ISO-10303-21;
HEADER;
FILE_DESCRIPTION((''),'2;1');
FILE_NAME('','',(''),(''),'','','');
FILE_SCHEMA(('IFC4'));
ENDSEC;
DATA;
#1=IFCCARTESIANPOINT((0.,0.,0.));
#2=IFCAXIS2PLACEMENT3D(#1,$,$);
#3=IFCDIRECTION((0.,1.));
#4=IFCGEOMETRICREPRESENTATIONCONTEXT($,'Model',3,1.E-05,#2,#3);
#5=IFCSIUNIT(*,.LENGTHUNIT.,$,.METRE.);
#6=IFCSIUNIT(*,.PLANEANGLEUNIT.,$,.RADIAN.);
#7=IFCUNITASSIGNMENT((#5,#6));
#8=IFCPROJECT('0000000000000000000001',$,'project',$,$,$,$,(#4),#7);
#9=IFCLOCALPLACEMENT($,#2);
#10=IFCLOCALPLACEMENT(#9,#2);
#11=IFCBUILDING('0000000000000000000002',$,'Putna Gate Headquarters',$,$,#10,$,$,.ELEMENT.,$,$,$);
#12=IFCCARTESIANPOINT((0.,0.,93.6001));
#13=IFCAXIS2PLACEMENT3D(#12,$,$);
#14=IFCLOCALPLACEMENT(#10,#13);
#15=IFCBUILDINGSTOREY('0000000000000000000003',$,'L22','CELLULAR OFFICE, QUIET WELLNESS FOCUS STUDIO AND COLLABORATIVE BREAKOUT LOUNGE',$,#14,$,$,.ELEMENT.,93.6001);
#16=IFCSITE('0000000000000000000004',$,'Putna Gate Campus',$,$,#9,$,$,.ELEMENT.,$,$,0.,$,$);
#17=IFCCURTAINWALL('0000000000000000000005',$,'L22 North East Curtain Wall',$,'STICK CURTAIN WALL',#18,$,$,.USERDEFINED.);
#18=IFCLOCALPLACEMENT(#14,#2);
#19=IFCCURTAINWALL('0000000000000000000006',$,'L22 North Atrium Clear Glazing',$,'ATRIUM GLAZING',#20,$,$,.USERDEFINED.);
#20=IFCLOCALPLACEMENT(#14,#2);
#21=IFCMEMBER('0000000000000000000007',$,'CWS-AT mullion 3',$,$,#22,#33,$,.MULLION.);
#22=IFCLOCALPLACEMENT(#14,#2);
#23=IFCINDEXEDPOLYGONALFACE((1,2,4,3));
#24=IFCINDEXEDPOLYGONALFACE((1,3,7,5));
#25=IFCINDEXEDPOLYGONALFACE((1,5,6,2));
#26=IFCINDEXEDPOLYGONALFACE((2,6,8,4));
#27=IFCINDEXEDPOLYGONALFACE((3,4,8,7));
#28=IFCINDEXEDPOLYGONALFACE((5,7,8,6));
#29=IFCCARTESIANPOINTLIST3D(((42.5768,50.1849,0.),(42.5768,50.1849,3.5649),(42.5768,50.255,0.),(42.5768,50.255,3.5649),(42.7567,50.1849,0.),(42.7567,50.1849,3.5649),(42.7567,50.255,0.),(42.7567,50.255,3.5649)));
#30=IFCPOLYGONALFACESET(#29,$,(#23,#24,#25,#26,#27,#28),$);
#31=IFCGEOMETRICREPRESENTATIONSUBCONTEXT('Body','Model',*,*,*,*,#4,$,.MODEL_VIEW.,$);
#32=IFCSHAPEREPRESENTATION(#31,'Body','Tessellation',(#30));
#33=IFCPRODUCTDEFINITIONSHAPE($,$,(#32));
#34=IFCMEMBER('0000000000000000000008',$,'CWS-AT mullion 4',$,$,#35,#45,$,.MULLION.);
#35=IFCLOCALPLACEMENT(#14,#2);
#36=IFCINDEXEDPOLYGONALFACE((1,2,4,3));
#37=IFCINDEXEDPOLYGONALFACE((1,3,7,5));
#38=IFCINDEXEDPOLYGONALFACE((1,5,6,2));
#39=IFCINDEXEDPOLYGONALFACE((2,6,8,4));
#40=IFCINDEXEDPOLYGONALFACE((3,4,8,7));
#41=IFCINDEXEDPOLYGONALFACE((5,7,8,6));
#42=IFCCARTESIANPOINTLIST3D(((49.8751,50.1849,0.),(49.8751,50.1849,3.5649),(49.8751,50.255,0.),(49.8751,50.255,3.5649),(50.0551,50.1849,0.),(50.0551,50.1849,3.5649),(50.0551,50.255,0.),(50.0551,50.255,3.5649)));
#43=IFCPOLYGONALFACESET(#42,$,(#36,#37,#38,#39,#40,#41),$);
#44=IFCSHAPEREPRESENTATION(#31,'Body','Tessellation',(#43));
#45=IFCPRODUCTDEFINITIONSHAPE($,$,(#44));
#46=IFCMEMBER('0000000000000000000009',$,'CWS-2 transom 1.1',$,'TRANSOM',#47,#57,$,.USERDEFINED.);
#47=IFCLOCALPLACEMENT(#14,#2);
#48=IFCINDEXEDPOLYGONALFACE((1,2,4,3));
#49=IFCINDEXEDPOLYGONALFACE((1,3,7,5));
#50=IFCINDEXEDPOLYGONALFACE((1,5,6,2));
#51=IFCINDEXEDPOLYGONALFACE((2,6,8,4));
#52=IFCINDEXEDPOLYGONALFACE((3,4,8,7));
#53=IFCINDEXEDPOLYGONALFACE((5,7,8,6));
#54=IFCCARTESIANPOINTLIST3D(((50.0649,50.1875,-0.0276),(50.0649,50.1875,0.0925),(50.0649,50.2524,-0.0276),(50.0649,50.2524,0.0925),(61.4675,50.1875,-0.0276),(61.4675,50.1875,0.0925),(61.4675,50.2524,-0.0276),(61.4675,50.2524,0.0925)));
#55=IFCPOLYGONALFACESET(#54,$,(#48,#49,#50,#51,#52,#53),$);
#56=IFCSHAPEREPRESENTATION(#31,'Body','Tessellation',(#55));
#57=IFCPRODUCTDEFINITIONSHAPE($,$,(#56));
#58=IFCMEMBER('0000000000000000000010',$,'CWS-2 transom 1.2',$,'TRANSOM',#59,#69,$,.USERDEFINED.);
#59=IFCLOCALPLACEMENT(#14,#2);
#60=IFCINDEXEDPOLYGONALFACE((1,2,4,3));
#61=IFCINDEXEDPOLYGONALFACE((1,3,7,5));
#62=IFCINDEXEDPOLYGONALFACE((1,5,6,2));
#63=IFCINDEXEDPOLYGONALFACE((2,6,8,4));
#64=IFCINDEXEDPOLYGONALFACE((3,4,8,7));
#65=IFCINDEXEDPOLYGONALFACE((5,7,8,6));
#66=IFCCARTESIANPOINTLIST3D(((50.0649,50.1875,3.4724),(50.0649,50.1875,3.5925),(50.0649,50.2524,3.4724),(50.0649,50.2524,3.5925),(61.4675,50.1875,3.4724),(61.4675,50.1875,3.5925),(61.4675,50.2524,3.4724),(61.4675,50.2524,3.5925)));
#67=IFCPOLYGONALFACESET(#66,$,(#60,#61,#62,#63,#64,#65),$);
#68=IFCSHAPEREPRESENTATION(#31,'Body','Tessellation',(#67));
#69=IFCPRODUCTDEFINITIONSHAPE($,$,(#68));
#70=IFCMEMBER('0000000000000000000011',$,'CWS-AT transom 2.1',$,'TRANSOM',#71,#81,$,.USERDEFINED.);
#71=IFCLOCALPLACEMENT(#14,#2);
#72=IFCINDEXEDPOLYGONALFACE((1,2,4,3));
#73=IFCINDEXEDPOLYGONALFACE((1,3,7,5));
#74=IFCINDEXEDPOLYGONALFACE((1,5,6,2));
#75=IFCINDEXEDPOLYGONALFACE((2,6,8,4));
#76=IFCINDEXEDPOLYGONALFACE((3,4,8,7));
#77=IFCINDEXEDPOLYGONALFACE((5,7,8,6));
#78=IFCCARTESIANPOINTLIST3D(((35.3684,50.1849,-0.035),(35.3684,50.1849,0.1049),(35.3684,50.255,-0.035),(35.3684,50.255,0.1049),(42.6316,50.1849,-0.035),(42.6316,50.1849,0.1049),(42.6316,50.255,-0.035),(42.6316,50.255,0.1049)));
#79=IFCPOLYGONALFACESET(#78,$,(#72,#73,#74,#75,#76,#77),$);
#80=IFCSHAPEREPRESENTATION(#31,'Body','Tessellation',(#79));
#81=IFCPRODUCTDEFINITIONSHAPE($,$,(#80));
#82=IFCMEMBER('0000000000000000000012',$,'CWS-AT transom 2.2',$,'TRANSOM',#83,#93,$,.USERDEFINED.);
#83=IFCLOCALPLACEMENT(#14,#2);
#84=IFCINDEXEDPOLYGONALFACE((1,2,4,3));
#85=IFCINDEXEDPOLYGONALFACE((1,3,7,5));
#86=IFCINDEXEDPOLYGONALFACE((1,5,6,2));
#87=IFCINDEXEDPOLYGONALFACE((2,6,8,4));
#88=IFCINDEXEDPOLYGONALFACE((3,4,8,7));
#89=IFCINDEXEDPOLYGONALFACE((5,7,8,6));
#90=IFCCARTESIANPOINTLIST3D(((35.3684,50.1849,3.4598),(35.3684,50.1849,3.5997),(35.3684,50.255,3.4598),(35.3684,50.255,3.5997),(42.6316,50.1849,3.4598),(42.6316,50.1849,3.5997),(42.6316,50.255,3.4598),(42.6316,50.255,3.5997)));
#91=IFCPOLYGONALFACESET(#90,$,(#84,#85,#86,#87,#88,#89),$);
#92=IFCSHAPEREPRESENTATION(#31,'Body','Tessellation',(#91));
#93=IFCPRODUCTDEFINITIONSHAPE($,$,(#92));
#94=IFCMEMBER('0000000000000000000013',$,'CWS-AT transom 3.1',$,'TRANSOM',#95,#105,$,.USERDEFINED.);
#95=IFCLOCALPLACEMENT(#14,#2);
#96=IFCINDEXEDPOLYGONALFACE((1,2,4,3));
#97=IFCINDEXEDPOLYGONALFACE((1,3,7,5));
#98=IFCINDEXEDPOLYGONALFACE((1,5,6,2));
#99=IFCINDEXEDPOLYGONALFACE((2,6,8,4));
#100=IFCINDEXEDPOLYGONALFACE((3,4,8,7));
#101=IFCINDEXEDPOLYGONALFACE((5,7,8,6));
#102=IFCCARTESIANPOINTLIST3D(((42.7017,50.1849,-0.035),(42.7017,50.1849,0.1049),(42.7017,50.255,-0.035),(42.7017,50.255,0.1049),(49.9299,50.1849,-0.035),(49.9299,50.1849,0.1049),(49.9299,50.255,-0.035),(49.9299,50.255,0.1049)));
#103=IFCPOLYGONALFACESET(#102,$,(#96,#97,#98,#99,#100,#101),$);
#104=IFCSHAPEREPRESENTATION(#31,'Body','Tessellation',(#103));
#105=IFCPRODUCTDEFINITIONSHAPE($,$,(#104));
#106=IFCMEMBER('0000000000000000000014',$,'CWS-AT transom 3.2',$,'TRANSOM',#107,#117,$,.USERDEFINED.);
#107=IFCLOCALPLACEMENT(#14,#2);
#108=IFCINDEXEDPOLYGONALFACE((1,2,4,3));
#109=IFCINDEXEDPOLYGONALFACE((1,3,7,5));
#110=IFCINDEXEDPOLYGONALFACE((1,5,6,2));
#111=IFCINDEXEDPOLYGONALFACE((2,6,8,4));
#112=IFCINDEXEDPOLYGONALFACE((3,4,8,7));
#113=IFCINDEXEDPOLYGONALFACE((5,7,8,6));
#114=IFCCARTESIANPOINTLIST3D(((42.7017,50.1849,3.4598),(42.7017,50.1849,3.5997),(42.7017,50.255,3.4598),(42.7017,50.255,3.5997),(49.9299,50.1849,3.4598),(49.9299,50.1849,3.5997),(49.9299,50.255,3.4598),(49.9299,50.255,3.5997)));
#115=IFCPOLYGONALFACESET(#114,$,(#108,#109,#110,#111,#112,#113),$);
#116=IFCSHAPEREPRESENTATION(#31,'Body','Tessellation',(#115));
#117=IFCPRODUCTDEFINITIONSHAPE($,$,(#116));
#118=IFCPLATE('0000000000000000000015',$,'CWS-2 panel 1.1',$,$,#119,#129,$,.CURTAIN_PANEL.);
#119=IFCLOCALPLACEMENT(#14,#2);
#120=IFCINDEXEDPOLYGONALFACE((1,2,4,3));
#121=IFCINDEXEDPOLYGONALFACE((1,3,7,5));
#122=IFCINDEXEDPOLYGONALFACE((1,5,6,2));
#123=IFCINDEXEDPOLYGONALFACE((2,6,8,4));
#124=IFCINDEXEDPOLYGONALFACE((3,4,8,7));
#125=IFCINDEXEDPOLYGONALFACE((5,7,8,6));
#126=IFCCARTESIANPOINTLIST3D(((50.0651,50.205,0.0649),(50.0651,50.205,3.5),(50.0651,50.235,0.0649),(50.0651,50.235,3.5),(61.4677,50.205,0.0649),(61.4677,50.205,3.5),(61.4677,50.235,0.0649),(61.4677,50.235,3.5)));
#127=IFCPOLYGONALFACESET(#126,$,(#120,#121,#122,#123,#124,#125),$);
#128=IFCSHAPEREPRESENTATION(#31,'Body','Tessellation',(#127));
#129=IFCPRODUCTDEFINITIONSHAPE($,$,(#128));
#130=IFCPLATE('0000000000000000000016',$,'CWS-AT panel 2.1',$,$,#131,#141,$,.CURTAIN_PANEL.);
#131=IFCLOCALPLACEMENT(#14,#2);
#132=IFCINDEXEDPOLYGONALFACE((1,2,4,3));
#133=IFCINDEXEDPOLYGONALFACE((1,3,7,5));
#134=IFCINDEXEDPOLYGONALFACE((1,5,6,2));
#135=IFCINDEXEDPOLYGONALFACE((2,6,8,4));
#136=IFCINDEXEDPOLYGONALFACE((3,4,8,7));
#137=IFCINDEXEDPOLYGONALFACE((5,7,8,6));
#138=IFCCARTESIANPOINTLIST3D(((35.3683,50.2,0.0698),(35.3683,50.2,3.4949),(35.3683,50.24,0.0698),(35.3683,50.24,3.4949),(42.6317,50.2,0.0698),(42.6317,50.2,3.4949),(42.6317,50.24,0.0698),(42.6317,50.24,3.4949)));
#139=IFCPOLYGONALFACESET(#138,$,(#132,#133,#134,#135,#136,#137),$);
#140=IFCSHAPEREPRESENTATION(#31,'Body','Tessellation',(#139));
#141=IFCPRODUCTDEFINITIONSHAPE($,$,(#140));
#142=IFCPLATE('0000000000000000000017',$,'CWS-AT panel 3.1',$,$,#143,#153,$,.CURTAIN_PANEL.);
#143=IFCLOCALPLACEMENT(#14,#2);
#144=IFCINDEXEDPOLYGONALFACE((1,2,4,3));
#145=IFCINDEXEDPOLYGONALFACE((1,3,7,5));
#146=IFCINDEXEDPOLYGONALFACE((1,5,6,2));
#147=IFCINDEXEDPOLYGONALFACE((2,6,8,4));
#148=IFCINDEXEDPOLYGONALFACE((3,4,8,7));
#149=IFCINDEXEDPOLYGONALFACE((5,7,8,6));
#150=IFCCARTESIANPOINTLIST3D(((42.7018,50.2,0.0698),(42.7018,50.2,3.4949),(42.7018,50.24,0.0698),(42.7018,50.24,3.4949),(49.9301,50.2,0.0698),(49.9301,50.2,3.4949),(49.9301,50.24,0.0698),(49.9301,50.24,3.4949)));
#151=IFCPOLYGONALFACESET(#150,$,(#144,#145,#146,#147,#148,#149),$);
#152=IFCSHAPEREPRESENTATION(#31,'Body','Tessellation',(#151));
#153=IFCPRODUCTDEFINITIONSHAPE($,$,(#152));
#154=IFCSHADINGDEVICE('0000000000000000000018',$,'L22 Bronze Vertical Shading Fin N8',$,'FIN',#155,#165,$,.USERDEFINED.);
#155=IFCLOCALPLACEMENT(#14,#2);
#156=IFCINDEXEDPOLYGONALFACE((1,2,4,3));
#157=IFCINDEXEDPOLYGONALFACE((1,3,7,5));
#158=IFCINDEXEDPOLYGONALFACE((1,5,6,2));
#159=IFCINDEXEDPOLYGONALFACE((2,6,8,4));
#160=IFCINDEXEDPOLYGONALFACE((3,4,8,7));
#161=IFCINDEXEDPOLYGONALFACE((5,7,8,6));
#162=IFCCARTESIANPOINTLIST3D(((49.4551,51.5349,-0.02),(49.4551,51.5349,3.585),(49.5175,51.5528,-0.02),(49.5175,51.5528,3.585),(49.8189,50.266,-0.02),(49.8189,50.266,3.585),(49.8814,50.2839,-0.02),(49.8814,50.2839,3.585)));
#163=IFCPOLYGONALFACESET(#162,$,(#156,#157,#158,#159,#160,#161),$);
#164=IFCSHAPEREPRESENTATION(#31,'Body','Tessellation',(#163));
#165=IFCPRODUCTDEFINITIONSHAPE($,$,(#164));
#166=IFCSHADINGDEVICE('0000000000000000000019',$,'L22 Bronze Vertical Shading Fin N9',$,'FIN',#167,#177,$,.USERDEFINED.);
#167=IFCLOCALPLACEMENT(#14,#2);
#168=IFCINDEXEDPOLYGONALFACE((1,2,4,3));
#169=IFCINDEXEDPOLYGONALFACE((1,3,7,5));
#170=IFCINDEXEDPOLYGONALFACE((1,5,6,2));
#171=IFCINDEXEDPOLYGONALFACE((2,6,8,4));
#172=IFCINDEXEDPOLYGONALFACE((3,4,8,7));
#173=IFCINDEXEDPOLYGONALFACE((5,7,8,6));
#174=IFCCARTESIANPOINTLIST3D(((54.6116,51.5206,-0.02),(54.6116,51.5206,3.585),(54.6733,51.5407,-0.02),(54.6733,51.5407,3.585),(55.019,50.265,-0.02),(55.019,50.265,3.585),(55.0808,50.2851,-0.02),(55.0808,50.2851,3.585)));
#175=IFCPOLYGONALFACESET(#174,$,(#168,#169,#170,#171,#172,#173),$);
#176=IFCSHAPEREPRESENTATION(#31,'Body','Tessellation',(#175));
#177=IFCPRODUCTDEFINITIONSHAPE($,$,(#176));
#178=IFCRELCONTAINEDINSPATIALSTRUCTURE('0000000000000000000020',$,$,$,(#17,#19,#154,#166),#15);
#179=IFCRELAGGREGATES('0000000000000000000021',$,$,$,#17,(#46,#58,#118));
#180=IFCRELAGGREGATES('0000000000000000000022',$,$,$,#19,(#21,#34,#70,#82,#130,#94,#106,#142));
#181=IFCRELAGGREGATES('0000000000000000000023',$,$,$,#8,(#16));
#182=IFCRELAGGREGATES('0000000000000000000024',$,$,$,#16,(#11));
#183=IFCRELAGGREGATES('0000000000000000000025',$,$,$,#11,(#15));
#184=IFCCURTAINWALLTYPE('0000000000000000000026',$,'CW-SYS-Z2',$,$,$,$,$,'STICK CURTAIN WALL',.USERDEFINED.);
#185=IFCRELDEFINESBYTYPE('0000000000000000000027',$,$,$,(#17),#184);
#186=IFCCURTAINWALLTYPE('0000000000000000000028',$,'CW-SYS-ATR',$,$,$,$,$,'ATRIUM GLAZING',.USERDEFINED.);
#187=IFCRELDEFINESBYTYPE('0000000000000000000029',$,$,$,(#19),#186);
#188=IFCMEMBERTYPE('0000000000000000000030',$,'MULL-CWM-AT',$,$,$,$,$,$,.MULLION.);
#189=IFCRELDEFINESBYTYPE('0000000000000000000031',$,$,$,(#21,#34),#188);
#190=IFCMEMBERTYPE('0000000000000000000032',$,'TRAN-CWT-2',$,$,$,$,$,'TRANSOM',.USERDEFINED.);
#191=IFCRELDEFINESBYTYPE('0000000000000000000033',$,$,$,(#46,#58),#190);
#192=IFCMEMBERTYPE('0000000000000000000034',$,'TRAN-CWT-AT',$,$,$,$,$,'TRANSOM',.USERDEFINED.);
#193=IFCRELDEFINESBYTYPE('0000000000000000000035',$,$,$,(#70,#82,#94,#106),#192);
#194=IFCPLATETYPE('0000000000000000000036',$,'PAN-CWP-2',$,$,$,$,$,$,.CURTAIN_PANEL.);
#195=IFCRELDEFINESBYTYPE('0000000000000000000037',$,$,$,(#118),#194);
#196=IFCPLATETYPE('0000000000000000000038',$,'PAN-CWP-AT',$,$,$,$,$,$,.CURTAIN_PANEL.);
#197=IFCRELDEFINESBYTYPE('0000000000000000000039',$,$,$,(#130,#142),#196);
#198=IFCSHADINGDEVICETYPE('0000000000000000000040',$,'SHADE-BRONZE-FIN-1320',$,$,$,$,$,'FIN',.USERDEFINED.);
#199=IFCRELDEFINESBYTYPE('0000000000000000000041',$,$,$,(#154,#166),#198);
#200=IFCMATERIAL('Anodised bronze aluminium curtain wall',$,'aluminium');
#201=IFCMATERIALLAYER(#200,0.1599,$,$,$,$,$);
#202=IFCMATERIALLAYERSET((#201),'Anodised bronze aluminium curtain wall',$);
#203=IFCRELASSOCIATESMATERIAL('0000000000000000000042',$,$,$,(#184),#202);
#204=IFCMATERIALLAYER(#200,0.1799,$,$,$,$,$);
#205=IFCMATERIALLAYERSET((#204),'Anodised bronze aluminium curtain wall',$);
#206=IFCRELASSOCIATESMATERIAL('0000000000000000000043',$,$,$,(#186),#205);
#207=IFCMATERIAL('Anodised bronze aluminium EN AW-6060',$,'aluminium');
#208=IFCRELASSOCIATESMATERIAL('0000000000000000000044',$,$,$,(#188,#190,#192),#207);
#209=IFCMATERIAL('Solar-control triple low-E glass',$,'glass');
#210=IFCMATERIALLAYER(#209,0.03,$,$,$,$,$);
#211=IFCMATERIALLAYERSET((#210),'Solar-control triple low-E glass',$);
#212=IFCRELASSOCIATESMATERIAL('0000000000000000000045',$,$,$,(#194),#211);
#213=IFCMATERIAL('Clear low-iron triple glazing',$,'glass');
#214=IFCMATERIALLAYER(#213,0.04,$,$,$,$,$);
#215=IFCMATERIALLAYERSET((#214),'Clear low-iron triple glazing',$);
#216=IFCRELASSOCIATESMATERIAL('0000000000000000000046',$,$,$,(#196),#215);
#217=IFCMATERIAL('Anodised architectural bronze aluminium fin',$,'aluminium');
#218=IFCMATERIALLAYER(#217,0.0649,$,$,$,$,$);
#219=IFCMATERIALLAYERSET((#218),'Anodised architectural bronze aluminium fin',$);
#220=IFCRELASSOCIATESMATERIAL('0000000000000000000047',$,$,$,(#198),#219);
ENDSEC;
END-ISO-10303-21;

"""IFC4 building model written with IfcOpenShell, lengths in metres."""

from ifc_helpers import new_model, si_unit, direction, frame, origin, origin_2d, place, context, subcontext, project, spatial, rectangle, extrude, material, layer, layer_set, material_profile, profile_set, type_object, element, aggregate, save


model = new_model("IFC4")

# Units and contexts
model_context = context("Model", 3, precision=1e-05, world=origin(), true_north=direction((0.0, 1.0)))
body_context = subcontext(model_context, "Body", "Model", "MODEL_VIEW")
ifc_project = project(units=[si_unit("LENGTHUNIT", "METRE"), si_unit("PLANEANGLEUNIT", "RADIAN")], contexts=[model_context])

# Site, building, storey
site_placement = place(None, origin())
site = spatial("IfcSite", under=ifc_project, at=site_placement, Name="Putna Gate Campus", CompositionType="ELEMENT", RefElevation=0.0)
building_placement = place(site_placement, origin())
building = spatial("IfcBuilding", under=site, at=building_placement, Name="Putna Gate Headquarters", CompositionType="ELEMENT")
storey_placement = place(building_placement, frame((0.0, 0.0, 93.6001)))
storey = spatial("IfcBuildingStorey", under=building, at=storey_placement, Name="L22", Description="CELLULAR OFFICE, QUIET WELLNESS FOCUS STUDIO AND COLLABORATIVE BREAKOUT LOUNGE", CompositionType="ELEMENT", Elevation=93.6001)

# Curtain wall
ifc_material_1 = material(Name="Anodised bronze aluminium curtain wall", Category="aluminium")
ifc_layer_1 = layer(ifc_material_1, 0.1599)
ifc_layer_set_1 = layer_set([ifc_layer_1], Name="Anodised bronze aluminium curtain wall")
curtain_wall_type_1 = type_object("IfcCurtainWallType", Name="CW-SYS-Z2", ElementType="STICK CURTAIN WALL", PredefinedType="USERDEFINED", material=ifc_layer_set_1)
curtain_wall_1_placement = place(storey_placement, origin())
curtain_wall_1 = element("IfcCurtainWall", 1, at=curtain_wall_1_placement, inside=storey, type_object=curtain_wall_type_1, Name="L22 North East Curtain Wall", ObjectType="STICK CURTAIN WALL", PredefinedType="USERDEFINED")
ifc_material_2 = material(Name="Anodised bronze aluminium EN AW-6060", Category="aluminium")

# Curtain wall, members
ifc_layer_2 = layer(ifc_material_1, 0.1799)
ifc_layer_set_2 = layer_set([ifc_layer_2], Name="Anodised bronze aluminium curtain wall")
curtain_wall_type_2 = type_object("IfcCurtainWallType", Name="CW-SYS-ATR", ElementType="ATRIUM GLAZING", PredefinedType="USERDEFINED", material=ifc_layer_set_2)
curtain_wall_2_placement = place(storey_placement, origin())
curtain_wall_2 = element("IfcCurtainWall", 2, at=curtain_wall_2_placement, inside=storey, type_object=curtain_wall_type_2, Name="L22 North Atrium Clear Glazing", ObjectType="ATRIUM GLAZING", PredefinedType="USERDEFINED")
ifc_material_profile_1 = material_profile(ifc_material_2, rectangle(XDim=0.0701, YDim=0.1799, at=origin_2d()), Name="Anodised bronze aluminium EN AW-6060")
ifc_profile_set_1 = profile_set([ifc_material_profile_1], Name="Anodised bronze aluminium EN AW-6060")
member_type_1 = type_object("IfcMemberType", Name="MULL-CWM-AT", PredefinedType="MULLION", material=ifc_profile_set_1)
member_1_placement = place(storey_placement, frame((42.6667, 50.22, 0.0), z_axis=(0.0, 0.0, 1.0), x_axis=(0.0, 1.0, 0.0)))
member_1 = element("IfcMember", 3, at=member_1_placement, type_object=member_type_1, Name="CWS-AT mullion 3", PredefinedType="MULLION", context=body_context, shape_type="SweptSolid", body=[
    extrude(rectangle(XDim=0.0701, YDim=0.1799, at=origin_2d()), origin(), (0.0, 0.0, 1.0), 3.5649),
])
member_2_placement = place(storey_placement, frame((49.9651, 50.22, 0.0), z_axis=(0.0, 0.0, 1.0), x_axis=(0.0, 1.0, 0.0)))
member_2 = element("IfcMember", 4, at=member_2_placement, type_object=member_type_1, Name="CWS-AT mullion 4", PredefinedType="MULLION", context=body_context, shape_type="SweptSolid", body=[
    extrude(rectangle(XDim=0.0701, YDim=0.1799, at=origin_2d()), origin(), (0.0, 0.0, 1.0), 3.5649),
])

# Members
ifc_material_profile_2 = material_profile(ifc_material_2, rectangle(XDim=0.0649, YDim=0.1201, at=origin_2d()), Name="Anodised bronze aluminium EN AW-6060")
ifc_profile_set_2 = profile_set([ifc_material_profile_2], Name="Anodised bronze aluminium EN AW-6060")
member_type_2 = type_object("IfcMemberType", Name="TRAN-CWT-2", ElementType="TRANSOM", PredefinedType="USERDEFINED", material=ifc_profile_set_2)
member_3_placement = place(storey_placement, frame((50.0649, 50.22, 0.0325), z_axis=(1.0, 0.0, 0.0), x_axis=(0.0, 1.0, 0.0)))
member_3 = element("IfcMember", 5, at=member_3_placement, type_object=member_type_2, Name="CWS-2 transom 1.1", ObjectType="TRANSOM", PredefinedType="USERDEFINED", context=body_context, shape_type="SweptSolid", body=[
    extrude(rectangle(XDim=0.0649, YDim=0.1201, at=origin_2d()), origin(), (0.0, 0.0, 1.0), 11.4026),
])
member_4_placement = place(storey_placement, frame((50.0649, 50.22, 3.5325), z_axis=(1.0, 0.0, 0.0), x_axis=(0.0, 1.0, 0.0)))
member_4 = element("IfcMember", 6, at=member_4_placement, type_object=member_type_2, Name="CWS-2 transom 1.2", ObjectType="TRANSOM", PredefinedType="USERDEFINED", context=body_context, shape_type="SweptSolid", body=[
    extrude(rectangle(XDim=0.0649, YDim=0.1201, at=origin_2d()), origin(), (0.0, 0.0, 1.0), 11.4026),
])
ifc_material_profile_3 = material_profile(ifc_material_2, rectangle(XDim=0.0701, YDim=0.1399, at=origin_2d()), Name="Anodised bronze aluminium EN AW-6060")
ifc_profile_set_3 = profile_set([ifc_material_profile_3], Name="Anodised bronze aluminium EN AW-6060")
member_type_3 = type_object("IfcMemberType", Name="TRAN-CWT-AT", ElementType="TRANSOM", PredefinedType="USERDEFINED", material=ifc_profile_set_3)
member_5_placement = place(storey_placement, frame((35.3684, 50.22, 0.0349), z_axis=(1.0, 0.0, 0.0), x_axis=(0.0, 1.0, 0.0)))
member_5 = element("IfcMember", 7, at=member_5_placement, type_object=member_type_3, Name="CWS-AT transom 2.1", ObjectType="TRANSOM", PredefinedType="USERDEFINED", context=body_context, shape_type="SweptSolid", body=[
    extrude(rectangle(XDim=0.0701, YDim=0.1399, at=origin_2d()), origin(), (0.0, 0.0, 1.0), 7.2632),
])
member_6_placement = place(storey_placement, frame((35.3684, 50.22, 3.5298), z_axis=(1.0, 0.0, 0.0), x_axis=(0.0, 1.0, 0.0)))
member_6 = element("IfcMember", 8, at=member_6_placement, type_object=member_type_3, Name="CWS-AT transom 2.2", ObjectType="TRANSOM", PredefinedType="USERDEFINED", context=body_context, shape_type="SweptSolid", body=[
    extrude(rectangle(XDim=0.0701, YDim=0.1399, at=origin_2d()), origin(), (0.0, 0.0, 1.0), 7.2632),
])
member_7_placement = place(storey_placement, frame((42.7017, 50.22, 0.0349), z_axis=(1.0, 0.0, 0.0), x_axis=(0.0, 1.0, 0.0)))
member_7 = element("IfcMember", 9, at=member_7_placement, type_object=member_type_3, Name="CWS-AT transom 3.1", ObjectType="TRANSOM", PredefinedType="USERDEFINED", context=body_context, shape_type="SweptSolid", body=[
    extrude(rectangle(XDim=0.0701, YDim=0.1399, at=origin_2d()), origin(), (0.0, 0.0, 1.0), 7.2283),
])
member_8_placement = place(storey_placement, frame((42.7017, 50.22, 3.5298), z_axis=(1.0, 0.0, 0.0), x_axis=(0.0, 1.0, 0.0)))
member_8 = element("IfcMember", 10, at=member_8_placement, type_object=member_type_3, Name="CWS-AT transom 3.2", ObjectType="TRANSOM", PredefinedType="USERDEFINED", context=body_context, shape_type="SweptSolid", body=[
    extrude(rectangle(XDim=0.0701, YDim=0.1399, at=origin_2d()), origin(), (0.0, 0.0, 1.0), 7.2283),
])

# Plates
ifc_material_3 = material(Name="Solar-control triple low-E glass", Category="glass")
ifc_layer_3 = layer(ifc_material_3, 0.03)
ifc_layer_set_3 = layer_set([ifc_layer_3], Name="Solar-control triple low-E glass")
plate_type_1 = type_object("IfcPlateType", Name="PAN-CWP-2", PredefinedType="CURTAIN_PANEL", material=ifc_layer_set_3)
plate_1_placement = place(storey_placement, frame((55.7664, 50.22, 0.0649), z_axis=(0.0, 0.0, 1.0), x_axis=(1.0, 0.0, 0.0)))
plate_1 = element("IfcPlate", 11, at=plate_1_placement, type_object=plate_type_1, Name="CWS-2 panel 1.1", PredefinedType="CURTAIN_PANEL", context=body_context, shape_type="SweptSolid", body=[
    extrude(rectangle(XDim=11.4026, YDim=0.03, at=origin_2d()), origin(), (0.0, 0.0, 1.0), 3.4351),
])
aggregate(curtain_wall_1, [member_3, member_4, plate_1])
ifc_material_4 = material(Name="Clear low-iron triple glazing", Category="glass")
ifc_layer_4 = layer(ifc_material_4, 0.04)
ifc_layer_set_4 = layer_set([ifc_layer_4], Name="Clear low-iron triple glazing")
plate_type_2 = type_object("IfcPlateType", Name="PAN-CWP-AT", PredefinedType="CURTAIN_PANEL", material=ifc_layer_set_4)
plate_2_placement = place(storey_placement, frame((39.0, 50.22, 0.0698), z_axis=(0.0, 0.0, 1.0), x_axis=(1.0, 0.0, 0.0)))
plate_2 = element("IfcPlate", 12, at=plate_2_placement, type_object=plate_type_2, Name="CWS-AT panel 2.1", PredefinedType="CURTAIN_PANEL", context=body_context, shape_type="SweptSolid", body=[
    extrude(rectangle(XDim=7.2634, YDim=0.04, at=origin_2d()), origin(), (0.0, 0.0, 1.0), 3.425),
])
plate_3_placement = place(storey_placement, frame((46.3159, 50.22, 0.0698), z_axis=(0.0, 0.0, 1.0), x_axis=(1.0, 0.0, 0.0)))
plate_3 = element("IfcPlate", 13, at=plate_3_placement, type_object=plate_type_2, Name="CWS-AT panel 3.1", PredefinedType="CURTAIN_PANEL", context=body_context, shape_type="SweptSolid", body=[
    extrude(rectangle(XDim=7.2283, YDim=0.04, at=origin_2d()), origin(), (0.0, 0.0, 1.0), 3.425),
])
aggregate(curtain_wall_2, [member_1, member_2, member_5, member_6, plate_2, member_7, member_8, plate_3])

# Shading devices
ifc_material_5 = material(Name="Anodised architectural bronze aluminium fin", Category="aluminium")
ifc_layer_5 = layer(ifc_material_5, 0.0649)
ifc_layer_set_5 = layer_set([ifc_layer_5], Name="Anodised architectural bronze aluminium fin")
shading_device_type = type_object("IfcShadingDeviceType", Name="SHADE-BRONZE-FIN-1320", ElementType="FIN", PredefinedType="USERDEFINED", material=ifc_layer_set_5)
for number, where, z_axis, x_axis, name in (
    (14, (49.6682, 50.9094, -0.02), (0.0, 0.0, 1.0), (-0.275637, 0.961262, 0.0), "L22 Bronze Vertical Shading Fin N8"),
    (15, (54.8462, 50.9028, -0.02), (0.0, 0.0, 1.0), (-0.308685, 0.951164, 0.0), "L22 Bronze Vertical Shading Fin N9"),
):
    element("IfcShadingDevice", number, at=place(storey_placement, frame(where, z_axis=z_axis, x_axis=x_axis)), inside=storey, type_object=shading_device_type, Name=name, ObjectType="FIN", PredefinedType="USERDEFINED", context=body_context, shape_type="SweptSolid", body=[
        extrude(rectangle(XDim=1.3201, YDim=0.0649, at=origin_2d()), origin(), (0.0, 0.0, 1.0), 3.605),
    ])

save(model, "model.ifc")
